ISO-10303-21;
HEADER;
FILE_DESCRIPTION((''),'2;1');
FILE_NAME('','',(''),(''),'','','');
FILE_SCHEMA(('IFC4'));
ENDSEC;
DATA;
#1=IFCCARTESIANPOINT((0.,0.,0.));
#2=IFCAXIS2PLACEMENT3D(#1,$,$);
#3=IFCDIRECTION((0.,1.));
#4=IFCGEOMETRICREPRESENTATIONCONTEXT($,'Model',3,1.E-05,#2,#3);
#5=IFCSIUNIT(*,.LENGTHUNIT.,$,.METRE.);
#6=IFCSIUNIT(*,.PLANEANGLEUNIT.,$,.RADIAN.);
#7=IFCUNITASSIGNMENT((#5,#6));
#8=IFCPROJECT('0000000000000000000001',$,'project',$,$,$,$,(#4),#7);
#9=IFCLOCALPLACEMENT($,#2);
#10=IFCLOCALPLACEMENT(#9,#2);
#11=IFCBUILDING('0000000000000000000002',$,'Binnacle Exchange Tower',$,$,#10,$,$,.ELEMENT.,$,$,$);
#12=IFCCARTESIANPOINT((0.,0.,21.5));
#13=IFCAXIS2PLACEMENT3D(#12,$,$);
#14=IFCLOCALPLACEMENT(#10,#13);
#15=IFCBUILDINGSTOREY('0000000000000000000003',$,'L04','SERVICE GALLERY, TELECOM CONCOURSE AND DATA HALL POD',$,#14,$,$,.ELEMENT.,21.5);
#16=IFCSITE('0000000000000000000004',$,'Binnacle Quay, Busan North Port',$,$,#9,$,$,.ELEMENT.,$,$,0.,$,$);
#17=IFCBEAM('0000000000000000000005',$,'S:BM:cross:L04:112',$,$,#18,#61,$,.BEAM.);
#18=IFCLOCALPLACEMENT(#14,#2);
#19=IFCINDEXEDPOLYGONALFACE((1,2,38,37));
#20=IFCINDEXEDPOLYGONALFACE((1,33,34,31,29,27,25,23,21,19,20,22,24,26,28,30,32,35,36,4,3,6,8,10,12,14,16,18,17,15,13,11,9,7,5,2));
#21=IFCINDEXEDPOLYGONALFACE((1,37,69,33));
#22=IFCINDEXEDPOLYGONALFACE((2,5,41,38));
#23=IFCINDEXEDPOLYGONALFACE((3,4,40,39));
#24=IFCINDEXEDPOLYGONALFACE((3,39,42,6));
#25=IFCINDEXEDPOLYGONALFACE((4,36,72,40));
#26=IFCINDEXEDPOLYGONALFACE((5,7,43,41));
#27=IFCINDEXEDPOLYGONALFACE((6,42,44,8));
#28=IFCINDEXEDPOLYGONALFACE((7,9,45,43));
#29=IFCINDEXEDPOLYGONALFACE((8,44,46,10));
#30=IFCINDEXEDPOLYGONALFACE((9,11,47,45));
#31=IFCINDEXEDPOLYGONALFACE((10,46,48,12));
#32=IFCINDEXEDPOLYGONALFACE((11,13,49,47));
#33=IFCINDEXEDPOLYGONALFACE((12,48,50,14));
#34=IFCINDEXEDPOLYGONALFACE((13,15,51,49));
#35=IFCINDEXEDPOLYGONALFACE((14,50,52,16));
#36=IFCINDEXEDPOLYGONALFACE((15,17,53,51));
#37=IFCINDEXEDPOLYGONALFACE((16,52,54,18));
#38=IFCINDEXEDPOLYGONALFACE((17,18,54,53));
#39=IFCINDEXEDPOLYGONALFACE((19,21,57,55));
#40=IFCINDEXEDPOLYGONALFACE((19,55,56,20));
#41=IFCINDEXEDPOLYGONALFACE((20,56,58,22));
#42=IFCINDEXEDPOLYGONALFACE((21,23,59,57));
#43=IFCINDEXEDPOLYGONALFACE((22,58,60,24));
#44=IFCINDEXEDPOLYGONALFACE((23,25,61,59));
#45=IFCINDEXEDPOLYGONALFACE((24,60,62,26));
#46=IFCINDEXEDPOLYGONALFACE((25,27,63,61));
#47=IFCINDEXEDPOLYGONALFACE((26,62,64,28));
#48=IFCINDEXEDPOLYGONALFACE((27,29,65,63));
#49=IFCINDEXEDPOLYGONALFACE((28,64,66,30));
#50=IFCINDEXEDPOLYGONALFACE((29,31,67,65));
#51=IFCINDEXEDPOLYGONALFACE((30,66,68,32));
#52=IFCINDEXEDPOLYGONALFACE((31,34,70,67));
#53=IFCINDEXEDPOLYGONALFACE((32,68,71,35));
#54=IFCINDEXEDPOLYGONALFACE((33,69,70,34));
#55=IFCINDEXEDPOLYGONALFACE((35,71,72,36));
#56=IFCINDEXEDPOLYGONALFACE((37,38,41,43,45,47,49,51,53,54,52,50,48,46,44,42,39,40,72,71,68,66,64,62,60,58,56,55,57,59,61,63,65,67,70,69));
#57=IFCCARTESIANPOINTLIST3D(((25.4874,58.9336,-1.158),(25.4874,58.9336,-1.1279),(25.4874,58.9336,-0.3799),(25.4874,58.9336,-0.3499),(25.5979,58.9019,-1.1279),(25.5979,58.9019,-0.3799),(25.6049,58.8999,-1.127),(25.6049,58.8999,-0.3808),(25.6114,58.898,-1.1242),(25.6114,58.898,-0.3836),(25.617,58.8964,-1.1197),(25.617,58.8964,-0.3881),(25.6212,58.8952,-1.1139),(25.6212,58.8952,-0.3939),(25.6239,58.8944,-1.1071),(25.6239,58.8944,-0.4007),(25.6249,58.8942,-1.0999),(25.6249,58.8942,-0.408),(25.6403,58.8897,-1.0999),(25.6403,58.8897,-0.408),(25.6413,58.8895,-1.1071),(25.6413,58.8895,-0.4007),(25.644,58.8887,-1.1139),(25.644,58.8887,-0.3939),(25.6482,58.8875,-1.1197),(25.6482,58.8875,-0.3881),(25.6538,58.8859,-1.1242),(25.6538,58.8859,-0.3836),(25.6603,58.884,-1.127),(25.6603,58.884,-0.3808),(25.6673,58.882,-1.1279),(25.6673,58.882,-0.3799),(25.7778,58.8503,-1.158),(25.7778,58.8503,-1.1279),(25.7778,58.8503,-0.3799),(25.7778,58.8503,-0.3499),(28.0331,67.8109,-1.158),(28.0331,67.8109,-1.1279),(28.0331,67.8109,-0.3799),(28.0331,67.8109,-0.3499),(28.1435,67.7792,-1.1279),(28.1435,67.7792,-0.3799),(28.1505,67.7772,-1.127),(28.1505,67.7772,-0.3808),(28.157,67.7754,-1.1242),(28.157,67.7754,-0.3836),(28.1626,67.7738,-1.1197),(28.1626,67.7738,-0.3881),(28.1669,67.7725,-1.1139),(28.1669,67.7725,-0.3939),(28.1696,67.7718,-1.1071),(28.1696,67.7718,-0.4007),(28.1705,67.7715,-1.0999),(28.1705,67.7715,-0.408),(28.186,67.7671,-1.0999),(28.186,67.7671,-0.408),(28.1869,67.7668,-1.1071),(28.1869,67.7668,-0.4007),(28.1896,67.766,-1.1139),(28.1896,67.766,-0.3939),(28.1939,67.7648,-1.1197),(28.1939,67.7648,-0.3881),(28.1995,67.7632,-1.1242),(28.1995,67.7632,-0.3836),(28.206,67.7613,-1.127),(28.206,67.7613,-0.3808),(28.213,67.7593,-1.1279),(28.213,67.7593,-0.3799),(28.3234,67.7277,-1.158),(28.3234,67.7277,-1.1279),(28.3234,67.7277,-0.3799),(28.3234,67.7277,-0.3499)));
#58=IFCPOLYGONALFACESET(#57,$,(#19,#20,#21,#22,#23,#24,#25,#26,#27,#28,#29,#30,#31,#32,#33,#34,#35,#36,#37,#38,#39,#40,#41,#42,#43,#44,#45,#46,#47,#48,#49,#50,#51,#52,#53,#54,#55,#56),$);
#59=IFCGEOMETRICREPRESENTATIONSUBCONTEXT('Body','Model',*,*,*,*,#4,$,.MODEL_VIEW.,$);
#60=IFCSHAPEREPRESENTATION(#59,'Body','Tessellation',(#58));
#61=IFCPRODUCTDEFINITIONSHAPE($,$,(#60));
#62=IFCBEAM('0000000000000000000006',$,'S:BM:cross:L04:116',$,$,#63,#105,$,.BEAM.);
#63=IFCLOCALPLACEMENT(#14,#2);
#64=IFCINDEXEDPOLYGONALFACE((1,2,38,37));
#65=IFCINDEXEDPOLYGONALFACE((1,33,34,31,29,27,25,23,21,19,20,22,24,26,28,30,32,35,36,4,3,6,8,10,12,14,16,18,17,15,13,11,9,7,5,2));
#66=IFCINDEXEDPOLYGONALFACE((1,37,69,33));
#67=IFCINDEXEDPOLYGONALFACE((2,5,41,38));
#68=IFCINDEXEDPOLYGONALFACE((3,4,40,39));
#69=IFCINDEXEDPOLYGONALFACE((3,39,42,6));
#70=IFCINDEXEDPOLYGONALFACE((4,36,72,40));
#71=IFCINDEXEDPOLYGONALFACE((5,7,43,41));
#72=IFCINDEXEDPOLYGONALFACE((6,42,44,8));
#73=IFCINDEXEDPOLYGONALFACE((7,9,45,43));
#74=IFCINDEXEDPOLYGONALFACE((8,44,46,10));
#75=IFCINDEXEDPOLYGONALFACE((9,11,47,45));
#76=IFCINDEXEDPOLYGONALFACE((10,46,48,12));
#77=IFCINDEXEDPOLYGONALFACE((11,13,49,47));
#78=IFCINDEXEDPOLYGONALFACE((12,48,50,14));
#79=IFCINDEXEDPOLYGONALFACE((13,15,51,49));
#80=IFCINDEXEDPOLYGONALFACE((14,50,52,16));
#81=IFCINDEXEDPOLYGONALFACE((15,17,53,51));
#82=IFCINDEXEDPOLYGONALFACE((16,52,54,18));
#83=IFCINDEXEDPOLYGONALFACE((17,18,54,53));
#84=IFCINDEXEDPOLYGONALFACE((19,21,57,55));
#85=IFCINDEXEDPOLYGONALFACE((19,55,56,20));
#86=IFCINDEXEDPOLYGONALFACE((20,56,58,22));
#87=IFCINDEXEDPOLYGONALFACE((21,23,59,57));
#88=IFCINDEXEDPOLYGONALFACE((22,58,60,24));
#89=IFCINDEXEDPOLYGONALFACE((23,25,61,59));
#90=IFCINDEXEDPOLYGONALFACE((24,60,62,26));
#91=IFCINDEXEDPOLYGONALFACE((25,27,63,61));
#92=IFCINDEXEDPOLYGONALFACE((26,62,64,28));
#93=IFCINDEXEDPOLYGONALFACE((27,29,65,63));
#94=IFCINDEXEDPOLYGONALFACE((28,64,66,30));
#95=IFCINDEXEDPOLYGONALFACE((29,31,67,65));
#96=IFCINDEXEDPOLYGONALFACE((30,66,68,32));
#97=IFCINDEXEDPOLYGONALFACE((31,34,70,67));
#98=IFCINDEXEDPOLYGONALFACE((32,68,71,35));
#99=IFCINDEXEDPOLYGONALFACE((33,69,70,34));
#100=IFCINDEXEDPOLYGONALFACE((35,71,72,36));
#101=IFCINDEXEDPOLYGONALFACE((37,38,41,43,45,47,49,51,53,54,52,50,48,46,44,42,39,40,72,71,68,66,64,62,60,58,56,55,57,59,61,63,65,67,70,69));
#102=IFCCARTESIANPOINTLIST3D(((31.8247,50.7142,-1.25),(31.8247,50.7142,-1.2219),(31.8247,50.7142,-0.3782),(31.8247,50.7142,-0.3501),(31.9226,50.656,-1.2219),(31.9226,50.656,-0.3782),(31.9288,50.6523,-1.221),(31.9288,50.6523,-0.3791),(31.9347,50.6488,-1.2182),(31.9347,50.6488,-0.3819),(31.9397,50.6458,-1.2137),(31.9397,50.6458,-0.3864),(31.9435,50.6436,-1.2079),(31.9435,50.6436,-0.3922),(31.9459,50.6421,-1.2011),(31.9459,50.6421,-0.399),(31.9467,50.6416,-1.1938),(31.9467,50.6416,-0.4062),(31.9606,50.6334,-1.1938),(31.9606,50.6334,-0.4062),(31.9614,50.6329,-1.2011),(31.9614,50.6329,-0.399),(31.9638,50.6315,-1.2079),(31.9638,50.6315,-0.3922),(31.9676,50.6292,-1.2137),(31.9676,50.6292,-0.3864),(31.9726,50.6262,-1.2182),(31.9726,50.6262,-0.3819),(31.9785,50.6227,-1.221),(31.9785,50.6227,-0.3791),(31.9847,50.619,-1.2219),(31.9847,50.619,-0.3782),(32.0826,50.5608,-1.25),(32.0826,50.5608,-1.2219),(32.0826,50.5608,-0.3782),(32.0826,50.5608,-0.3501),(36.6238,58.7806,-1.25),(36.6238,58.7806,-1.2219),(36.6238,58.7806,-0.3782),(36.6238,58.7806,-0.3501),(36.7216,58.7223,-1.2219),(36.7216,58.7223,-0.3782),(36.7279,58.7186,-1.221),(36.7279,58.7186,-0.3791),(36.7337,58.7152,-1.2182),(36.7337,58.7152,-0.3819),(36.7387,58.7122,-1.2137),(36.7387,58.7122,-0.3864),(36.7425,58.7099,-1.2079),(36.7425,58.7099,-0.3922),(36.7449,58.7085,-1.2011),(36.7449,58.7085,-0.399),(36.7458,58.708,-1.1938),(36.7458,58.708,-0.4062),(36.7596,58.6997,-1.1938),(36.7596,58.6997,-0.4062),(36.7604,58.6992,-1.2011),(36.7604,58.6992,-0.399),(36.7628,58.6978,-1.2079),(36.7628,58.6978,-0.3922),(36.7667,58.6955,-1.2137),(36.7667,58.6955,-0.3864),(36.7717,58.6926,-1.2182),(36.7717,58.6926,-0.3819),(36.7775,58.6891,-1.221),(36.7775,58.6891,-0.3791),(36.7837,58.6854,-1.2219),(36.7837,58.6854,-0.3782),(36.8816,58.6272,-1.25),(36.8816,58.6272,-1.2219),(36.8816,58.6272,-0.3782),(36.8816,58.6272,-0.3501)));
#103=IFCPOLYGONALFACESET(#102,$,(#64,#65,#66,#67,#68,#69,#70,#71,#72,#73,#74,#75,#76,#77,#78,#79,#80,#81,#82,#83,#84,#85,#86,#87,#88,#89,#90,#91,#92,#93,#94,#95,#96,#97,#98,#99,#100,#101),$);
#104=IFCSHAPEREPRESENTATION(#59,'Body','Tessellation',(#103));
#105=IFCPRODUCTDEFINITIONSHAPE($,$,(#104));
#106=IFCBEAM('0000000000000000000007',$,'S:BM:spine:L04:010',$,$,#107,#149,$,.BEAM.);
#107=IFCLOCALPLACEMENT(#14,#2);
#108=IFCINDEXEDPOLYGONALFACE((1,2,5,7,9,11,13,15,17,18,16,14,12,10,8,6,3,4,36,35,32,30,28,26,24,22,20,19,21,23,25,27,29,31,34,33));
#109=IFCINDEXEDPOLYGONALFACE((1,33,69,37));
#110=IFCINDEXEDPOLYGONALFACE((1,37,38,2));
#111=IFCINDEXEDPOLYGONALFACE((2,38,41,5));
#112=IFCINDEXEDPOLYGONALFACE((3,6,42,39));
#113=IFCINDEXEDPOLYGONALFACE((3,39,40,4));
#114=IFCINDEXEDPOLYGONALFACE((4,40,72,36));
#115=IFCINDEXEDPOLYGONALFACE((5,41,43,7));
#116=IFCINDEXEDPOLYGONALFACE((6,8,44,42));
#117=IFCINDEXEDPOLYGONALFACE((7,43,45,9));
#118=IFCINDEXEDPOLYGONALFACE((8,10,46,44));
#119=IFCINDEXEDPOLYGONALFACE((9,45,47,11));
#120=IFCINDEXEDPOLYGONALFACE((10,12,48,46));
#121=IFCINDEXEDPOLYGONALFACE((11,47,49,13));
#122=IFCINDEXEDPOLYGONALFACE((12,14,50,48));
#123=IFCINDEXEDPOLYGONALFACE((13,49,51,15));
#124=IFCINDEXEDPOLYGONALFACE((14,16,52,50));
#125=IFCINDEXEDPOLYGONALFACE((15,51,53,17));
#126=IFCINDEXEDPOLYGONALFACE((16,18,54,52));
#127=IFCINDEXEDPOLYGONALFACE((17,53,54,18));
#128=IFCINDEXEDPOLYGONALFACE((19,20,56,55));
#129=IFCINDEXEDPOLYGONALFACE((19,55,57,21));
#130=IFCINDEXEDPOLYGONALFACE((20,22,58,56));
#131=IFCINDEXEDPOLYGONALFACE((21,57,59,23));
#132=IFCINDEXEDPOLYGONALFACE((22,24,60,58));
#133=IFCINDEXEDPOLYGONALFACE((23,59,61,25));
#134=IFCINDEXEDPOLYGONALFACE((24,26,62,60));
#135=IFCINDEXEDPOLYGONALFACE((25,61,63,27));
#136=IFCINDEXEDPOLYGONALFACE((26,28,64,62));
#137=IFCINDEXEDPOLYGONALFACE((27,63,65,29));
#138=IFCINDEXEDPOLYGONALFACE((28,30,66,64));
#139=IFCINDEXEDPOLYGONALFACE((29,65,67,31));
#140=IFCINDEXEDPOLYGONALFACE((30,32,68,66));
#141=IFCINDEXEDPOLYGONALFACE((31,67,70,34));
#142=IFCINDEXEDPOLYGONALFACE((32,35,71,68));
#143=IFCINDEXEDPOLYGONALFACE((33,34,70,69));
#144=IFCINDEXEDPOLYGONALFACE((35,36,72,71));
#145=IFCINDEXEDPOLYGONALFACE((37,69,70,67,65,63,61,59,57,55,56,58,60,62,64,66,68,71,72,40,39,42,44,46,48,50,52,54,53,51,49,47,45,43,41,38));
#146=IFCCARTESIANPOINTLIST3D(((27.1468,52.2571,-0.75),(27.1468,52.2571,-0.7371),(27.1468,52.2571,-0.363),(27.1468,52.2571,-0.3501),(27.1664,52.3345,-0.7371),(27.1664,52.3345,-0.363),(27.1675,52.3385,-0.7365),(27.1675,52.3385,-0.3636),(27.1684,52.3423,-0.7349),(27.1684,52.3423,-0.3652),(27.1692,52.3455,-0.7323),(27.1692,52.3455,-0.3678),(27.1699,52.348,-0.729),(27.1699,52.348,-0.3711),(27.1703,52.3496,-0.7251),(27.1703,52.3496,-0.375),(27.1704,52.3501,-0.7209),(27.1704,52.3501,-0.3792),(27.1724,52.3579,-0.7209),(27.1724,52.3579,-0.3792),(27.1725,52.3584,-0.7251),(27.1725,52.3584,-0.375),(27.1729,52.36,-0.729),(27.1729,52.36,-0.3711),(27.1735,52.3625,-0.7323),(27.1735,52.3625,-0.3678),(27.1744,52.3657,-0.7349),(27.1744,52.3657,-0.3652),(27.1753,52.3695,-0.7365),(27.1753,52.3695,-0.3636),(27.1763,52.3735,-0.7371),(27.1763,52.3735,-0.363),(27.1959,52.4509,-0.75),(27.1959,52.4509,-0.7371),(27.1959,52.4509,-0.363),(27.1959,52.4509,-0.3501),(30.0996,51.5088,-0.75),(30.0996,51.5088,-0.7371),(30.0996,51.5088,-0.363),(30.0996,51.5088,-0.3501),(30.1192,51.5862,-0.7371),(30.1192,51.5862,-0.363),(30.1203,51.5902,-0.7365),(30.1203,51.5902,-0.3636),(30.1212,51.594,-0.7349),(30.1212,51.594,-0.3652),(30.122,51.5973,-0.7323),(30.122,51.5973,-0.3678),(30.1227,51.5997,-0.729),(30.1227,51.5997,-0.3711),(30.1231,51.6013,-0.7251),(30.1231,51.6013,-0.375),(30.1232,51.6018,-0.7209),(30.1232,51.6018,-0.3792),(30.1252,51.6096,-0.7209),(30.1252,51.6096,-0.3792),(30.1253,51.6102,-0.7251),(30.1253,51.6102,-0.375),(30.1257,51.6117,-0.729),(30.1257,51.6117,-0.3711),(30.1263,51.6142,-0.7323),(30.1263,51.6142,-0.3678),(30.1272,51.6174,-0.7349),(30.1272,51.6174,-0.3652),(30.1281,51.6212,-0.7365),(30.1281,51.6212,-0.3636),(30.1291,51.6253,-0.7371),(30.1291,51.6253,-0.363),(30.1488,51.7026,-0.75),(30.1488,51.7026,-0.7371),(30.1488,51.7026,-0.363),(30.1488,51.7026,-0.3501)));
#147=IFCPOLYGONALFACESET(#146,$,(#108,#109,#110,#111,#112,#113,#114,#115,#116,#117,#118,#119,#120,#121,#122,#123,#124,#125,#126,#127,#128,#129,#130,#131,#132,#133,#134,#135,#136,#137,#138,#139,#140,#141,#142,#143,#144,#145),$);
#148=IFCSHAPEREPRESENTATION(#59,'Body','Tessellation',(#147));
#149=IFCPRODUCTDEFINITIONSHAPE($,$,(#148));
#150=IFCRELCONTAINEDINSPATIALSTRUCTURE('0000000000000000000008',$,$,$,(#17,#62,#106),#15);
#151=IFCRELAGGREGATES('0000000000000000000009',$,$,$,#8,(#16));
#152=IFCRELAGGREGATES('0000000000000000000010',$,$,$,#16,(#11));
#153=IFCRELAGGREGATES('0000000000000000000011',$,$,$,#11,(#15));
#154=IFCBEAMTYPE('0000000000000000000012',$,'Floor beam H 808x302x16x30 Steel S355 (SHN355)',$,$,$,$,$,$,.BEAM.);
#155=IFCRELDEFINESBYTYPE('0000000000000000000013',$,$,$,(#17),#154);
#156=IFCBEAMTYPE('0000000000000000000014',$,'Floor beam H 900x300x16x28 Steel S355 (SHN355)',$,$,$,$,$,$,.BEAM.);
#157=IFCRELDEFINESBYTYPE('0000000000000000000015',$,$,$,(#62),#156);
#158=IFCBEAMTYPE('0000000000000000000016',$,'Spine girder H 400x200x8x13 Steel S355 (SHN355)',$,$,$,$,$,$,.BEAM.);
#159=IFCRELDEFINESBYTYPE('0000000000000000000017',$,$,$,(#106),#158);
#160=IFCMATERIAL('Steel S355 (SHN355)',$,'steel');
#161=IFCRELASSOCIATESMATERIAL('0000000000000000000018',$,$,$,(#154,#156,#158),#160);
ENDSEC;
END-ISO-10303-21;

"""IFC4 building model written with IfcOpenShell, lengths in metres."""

from ifc_helpers import new_model, si_unit, direction, frame, origin, origin_2d, place, context, subcontext, project, spatial, i_section, extrude, material, material_profile, profile_set, type_object, element, save


model = new_model("IFC4")

# Units and contexts
model_context = context("Model", 3, precision=1e-05, world=origin(), true_north=direction((0.0, 1.0)))
body_context = subcontext(model_context, "Body", "Model", "MODEL_VIEW")
ifc_project = project(units=[si_unit("LENGTHUNIT", "METRE"), si_unit("PLANEANGLEUNIT", "RADIAN")], contexts=[model_context])

# Site, building, storey
site_placement = place(None, origin())
site = spatial("IfcSite", under=ifc_project, at=site_placement, Name="Binnacle Quay, Busan North Port", CompositionType="ELEMENT", RefElevation=0.0)
building_placement = place(site_placement, origin())
building = spatial("IfcBuilding", under=site, at=building_placement, Name="Binnacle Exchange Tower", CompositionType="ELEMENT")
storey_placement = place(building_placement, frame((0.0, 0.0, 21.5)))
storey = spatial("IfcBuildingStorey", under=building, at=storey_placement, Name="L04", Description="SERVICE GALLERY, TELECOM CONCOURSE AND DATA HALL POD", CompositionType="ELEMENT", Elevation=21.5)

# Beams
ifc_material_1 = material(Name="Steel S355 (SHN355)", Category="steel")
ifc_material_profile_1 = material_profile(ifc_material_1, i_section(OverallWidth=0.302, OverallDepth=0.8081, WebThickness=0.0161, FlangeThickness=0.03, FilletRadius=0.0281, at=origin_2d()), Name="H 808x302x16x30")
ifc_profile_set_1 = profile_set([ifc_material_profile_1], Name="Steel S355 (SHN355)")
beam_type_1 = type_object("IfcBeamType", Name="Floor beam H 808x302x16x30 Steel S355 (SHN355)", PredefinedType="BEAM", material=ifc_profile_set_1)
beam_1_placement = place(storey_placement, frame((28.1782, 67.7693, -0.7539), z_axis=(-0.275646, -0.961259, 0.0), x_axis=(0.961259, -0.275646, 0.0)))
element("IfcBeam", 1, at=beam_1_placement, inside=storey, type_object=beam_type_1, Name="S:BM:cross:L04:112", PredefinedType="BEAM", context=body_context, shape_type="SweptSolid", body=[
    extrude(i_section(OverallWidth=0.302, OverallDepth=0.8081, WebThickness=0.0161, FlangeThickness=0.03, FilletRadius=0.0281, at=origin_2d()), origin(), (0.0, 0.0, 1.0), 9.2351),
])
ifc_material_profile_2 = material_profile(ifc_material_1, i_section(OverallWidth=0.3, OverallDepth=0.8999, WebThickness=0.0161, FlangeThickness=0.0281, FilletRadius=0.0281, at=origin_2d()), Name="H 900x300x16x28")
ifc_profile_set_2 = profile_set([ifc_material_profile_2], Name="Steel S355 (SHN355)")
beam_type_2 = type_object("IfcBeamType", Name="Floor beam H 900x300x16x28 Steel S355 (SHN355)", PredefinedType="BEAM", material=ifc_profile_set_2)
beam_2_placement = place(storey_placement, frame((36.7527, 58.7039, -0.8), z_axis=(-0.511298, -0.859403, 0.0), x_axis=(0.859403, -0.511298, 0.0)))
element("IfcBeam", 2, at=beam_2_placement, inside=storey, type_object=beam_type_2, Name="S:BM:cross:L04:116", PredefinedType="BEAM", context=body_context, shape_type="SweptSolid", body=[
    extrude(i_section(OverallWidth=0.3, OverallDepth=0.8999, WebThickness=0.0161, FlangeThickness=0.0281, FilletRadius=0.0281, at=origin_2d()), origin(), (0.0, 0.0, 1.0), 9.386),
])
ifc_material_profile_3 = material_profile(ifc_material_1, i_section(OverallWidth=0.2, OverallDepth=0.3999, WebThickness=0.0081, FlangeThickness=0.0129, FilletRadius=0.0161, at=origin_2d()), Name="H 400x200x8x13")
ifc_profile_set_3 = profile_set([ifc_material_profile_3], Name="Steel S355 (SHN355)")
beam_type_3 = type_object("IfcBeamType", Name="Spine girder H 400x200x8x13 Steel S355 (SHN355)", PredefinedType="BEAM", material=ifc_profile_set_3)
beam_3_placement = place(storey_placement, frame((27.1714, 52.354, -0.55), z_axis=(0.96936, -0.245646, 0.0), x_axis=(0.245646, 0.96936, 0.0)))
element("IfcBeam", 3, at=beam_3_placement, inside=storey, type_object=beam_type_3, Name="S:BM:spine:L04:010", PredefinedType="BEAM", context=body_context, shape_type="SweptSolid", body=[
    extrude(i_section(OverallWidth=0.2, OverallDepth=0.3999, WebThickness=0.0081, FlangeThickness=0.0129, FilletRadius=0.0161, at=origin_2d()), origin(), (0.0, 0.0, 1.0), 3.0461),
])

save(model, "model.ifc")
